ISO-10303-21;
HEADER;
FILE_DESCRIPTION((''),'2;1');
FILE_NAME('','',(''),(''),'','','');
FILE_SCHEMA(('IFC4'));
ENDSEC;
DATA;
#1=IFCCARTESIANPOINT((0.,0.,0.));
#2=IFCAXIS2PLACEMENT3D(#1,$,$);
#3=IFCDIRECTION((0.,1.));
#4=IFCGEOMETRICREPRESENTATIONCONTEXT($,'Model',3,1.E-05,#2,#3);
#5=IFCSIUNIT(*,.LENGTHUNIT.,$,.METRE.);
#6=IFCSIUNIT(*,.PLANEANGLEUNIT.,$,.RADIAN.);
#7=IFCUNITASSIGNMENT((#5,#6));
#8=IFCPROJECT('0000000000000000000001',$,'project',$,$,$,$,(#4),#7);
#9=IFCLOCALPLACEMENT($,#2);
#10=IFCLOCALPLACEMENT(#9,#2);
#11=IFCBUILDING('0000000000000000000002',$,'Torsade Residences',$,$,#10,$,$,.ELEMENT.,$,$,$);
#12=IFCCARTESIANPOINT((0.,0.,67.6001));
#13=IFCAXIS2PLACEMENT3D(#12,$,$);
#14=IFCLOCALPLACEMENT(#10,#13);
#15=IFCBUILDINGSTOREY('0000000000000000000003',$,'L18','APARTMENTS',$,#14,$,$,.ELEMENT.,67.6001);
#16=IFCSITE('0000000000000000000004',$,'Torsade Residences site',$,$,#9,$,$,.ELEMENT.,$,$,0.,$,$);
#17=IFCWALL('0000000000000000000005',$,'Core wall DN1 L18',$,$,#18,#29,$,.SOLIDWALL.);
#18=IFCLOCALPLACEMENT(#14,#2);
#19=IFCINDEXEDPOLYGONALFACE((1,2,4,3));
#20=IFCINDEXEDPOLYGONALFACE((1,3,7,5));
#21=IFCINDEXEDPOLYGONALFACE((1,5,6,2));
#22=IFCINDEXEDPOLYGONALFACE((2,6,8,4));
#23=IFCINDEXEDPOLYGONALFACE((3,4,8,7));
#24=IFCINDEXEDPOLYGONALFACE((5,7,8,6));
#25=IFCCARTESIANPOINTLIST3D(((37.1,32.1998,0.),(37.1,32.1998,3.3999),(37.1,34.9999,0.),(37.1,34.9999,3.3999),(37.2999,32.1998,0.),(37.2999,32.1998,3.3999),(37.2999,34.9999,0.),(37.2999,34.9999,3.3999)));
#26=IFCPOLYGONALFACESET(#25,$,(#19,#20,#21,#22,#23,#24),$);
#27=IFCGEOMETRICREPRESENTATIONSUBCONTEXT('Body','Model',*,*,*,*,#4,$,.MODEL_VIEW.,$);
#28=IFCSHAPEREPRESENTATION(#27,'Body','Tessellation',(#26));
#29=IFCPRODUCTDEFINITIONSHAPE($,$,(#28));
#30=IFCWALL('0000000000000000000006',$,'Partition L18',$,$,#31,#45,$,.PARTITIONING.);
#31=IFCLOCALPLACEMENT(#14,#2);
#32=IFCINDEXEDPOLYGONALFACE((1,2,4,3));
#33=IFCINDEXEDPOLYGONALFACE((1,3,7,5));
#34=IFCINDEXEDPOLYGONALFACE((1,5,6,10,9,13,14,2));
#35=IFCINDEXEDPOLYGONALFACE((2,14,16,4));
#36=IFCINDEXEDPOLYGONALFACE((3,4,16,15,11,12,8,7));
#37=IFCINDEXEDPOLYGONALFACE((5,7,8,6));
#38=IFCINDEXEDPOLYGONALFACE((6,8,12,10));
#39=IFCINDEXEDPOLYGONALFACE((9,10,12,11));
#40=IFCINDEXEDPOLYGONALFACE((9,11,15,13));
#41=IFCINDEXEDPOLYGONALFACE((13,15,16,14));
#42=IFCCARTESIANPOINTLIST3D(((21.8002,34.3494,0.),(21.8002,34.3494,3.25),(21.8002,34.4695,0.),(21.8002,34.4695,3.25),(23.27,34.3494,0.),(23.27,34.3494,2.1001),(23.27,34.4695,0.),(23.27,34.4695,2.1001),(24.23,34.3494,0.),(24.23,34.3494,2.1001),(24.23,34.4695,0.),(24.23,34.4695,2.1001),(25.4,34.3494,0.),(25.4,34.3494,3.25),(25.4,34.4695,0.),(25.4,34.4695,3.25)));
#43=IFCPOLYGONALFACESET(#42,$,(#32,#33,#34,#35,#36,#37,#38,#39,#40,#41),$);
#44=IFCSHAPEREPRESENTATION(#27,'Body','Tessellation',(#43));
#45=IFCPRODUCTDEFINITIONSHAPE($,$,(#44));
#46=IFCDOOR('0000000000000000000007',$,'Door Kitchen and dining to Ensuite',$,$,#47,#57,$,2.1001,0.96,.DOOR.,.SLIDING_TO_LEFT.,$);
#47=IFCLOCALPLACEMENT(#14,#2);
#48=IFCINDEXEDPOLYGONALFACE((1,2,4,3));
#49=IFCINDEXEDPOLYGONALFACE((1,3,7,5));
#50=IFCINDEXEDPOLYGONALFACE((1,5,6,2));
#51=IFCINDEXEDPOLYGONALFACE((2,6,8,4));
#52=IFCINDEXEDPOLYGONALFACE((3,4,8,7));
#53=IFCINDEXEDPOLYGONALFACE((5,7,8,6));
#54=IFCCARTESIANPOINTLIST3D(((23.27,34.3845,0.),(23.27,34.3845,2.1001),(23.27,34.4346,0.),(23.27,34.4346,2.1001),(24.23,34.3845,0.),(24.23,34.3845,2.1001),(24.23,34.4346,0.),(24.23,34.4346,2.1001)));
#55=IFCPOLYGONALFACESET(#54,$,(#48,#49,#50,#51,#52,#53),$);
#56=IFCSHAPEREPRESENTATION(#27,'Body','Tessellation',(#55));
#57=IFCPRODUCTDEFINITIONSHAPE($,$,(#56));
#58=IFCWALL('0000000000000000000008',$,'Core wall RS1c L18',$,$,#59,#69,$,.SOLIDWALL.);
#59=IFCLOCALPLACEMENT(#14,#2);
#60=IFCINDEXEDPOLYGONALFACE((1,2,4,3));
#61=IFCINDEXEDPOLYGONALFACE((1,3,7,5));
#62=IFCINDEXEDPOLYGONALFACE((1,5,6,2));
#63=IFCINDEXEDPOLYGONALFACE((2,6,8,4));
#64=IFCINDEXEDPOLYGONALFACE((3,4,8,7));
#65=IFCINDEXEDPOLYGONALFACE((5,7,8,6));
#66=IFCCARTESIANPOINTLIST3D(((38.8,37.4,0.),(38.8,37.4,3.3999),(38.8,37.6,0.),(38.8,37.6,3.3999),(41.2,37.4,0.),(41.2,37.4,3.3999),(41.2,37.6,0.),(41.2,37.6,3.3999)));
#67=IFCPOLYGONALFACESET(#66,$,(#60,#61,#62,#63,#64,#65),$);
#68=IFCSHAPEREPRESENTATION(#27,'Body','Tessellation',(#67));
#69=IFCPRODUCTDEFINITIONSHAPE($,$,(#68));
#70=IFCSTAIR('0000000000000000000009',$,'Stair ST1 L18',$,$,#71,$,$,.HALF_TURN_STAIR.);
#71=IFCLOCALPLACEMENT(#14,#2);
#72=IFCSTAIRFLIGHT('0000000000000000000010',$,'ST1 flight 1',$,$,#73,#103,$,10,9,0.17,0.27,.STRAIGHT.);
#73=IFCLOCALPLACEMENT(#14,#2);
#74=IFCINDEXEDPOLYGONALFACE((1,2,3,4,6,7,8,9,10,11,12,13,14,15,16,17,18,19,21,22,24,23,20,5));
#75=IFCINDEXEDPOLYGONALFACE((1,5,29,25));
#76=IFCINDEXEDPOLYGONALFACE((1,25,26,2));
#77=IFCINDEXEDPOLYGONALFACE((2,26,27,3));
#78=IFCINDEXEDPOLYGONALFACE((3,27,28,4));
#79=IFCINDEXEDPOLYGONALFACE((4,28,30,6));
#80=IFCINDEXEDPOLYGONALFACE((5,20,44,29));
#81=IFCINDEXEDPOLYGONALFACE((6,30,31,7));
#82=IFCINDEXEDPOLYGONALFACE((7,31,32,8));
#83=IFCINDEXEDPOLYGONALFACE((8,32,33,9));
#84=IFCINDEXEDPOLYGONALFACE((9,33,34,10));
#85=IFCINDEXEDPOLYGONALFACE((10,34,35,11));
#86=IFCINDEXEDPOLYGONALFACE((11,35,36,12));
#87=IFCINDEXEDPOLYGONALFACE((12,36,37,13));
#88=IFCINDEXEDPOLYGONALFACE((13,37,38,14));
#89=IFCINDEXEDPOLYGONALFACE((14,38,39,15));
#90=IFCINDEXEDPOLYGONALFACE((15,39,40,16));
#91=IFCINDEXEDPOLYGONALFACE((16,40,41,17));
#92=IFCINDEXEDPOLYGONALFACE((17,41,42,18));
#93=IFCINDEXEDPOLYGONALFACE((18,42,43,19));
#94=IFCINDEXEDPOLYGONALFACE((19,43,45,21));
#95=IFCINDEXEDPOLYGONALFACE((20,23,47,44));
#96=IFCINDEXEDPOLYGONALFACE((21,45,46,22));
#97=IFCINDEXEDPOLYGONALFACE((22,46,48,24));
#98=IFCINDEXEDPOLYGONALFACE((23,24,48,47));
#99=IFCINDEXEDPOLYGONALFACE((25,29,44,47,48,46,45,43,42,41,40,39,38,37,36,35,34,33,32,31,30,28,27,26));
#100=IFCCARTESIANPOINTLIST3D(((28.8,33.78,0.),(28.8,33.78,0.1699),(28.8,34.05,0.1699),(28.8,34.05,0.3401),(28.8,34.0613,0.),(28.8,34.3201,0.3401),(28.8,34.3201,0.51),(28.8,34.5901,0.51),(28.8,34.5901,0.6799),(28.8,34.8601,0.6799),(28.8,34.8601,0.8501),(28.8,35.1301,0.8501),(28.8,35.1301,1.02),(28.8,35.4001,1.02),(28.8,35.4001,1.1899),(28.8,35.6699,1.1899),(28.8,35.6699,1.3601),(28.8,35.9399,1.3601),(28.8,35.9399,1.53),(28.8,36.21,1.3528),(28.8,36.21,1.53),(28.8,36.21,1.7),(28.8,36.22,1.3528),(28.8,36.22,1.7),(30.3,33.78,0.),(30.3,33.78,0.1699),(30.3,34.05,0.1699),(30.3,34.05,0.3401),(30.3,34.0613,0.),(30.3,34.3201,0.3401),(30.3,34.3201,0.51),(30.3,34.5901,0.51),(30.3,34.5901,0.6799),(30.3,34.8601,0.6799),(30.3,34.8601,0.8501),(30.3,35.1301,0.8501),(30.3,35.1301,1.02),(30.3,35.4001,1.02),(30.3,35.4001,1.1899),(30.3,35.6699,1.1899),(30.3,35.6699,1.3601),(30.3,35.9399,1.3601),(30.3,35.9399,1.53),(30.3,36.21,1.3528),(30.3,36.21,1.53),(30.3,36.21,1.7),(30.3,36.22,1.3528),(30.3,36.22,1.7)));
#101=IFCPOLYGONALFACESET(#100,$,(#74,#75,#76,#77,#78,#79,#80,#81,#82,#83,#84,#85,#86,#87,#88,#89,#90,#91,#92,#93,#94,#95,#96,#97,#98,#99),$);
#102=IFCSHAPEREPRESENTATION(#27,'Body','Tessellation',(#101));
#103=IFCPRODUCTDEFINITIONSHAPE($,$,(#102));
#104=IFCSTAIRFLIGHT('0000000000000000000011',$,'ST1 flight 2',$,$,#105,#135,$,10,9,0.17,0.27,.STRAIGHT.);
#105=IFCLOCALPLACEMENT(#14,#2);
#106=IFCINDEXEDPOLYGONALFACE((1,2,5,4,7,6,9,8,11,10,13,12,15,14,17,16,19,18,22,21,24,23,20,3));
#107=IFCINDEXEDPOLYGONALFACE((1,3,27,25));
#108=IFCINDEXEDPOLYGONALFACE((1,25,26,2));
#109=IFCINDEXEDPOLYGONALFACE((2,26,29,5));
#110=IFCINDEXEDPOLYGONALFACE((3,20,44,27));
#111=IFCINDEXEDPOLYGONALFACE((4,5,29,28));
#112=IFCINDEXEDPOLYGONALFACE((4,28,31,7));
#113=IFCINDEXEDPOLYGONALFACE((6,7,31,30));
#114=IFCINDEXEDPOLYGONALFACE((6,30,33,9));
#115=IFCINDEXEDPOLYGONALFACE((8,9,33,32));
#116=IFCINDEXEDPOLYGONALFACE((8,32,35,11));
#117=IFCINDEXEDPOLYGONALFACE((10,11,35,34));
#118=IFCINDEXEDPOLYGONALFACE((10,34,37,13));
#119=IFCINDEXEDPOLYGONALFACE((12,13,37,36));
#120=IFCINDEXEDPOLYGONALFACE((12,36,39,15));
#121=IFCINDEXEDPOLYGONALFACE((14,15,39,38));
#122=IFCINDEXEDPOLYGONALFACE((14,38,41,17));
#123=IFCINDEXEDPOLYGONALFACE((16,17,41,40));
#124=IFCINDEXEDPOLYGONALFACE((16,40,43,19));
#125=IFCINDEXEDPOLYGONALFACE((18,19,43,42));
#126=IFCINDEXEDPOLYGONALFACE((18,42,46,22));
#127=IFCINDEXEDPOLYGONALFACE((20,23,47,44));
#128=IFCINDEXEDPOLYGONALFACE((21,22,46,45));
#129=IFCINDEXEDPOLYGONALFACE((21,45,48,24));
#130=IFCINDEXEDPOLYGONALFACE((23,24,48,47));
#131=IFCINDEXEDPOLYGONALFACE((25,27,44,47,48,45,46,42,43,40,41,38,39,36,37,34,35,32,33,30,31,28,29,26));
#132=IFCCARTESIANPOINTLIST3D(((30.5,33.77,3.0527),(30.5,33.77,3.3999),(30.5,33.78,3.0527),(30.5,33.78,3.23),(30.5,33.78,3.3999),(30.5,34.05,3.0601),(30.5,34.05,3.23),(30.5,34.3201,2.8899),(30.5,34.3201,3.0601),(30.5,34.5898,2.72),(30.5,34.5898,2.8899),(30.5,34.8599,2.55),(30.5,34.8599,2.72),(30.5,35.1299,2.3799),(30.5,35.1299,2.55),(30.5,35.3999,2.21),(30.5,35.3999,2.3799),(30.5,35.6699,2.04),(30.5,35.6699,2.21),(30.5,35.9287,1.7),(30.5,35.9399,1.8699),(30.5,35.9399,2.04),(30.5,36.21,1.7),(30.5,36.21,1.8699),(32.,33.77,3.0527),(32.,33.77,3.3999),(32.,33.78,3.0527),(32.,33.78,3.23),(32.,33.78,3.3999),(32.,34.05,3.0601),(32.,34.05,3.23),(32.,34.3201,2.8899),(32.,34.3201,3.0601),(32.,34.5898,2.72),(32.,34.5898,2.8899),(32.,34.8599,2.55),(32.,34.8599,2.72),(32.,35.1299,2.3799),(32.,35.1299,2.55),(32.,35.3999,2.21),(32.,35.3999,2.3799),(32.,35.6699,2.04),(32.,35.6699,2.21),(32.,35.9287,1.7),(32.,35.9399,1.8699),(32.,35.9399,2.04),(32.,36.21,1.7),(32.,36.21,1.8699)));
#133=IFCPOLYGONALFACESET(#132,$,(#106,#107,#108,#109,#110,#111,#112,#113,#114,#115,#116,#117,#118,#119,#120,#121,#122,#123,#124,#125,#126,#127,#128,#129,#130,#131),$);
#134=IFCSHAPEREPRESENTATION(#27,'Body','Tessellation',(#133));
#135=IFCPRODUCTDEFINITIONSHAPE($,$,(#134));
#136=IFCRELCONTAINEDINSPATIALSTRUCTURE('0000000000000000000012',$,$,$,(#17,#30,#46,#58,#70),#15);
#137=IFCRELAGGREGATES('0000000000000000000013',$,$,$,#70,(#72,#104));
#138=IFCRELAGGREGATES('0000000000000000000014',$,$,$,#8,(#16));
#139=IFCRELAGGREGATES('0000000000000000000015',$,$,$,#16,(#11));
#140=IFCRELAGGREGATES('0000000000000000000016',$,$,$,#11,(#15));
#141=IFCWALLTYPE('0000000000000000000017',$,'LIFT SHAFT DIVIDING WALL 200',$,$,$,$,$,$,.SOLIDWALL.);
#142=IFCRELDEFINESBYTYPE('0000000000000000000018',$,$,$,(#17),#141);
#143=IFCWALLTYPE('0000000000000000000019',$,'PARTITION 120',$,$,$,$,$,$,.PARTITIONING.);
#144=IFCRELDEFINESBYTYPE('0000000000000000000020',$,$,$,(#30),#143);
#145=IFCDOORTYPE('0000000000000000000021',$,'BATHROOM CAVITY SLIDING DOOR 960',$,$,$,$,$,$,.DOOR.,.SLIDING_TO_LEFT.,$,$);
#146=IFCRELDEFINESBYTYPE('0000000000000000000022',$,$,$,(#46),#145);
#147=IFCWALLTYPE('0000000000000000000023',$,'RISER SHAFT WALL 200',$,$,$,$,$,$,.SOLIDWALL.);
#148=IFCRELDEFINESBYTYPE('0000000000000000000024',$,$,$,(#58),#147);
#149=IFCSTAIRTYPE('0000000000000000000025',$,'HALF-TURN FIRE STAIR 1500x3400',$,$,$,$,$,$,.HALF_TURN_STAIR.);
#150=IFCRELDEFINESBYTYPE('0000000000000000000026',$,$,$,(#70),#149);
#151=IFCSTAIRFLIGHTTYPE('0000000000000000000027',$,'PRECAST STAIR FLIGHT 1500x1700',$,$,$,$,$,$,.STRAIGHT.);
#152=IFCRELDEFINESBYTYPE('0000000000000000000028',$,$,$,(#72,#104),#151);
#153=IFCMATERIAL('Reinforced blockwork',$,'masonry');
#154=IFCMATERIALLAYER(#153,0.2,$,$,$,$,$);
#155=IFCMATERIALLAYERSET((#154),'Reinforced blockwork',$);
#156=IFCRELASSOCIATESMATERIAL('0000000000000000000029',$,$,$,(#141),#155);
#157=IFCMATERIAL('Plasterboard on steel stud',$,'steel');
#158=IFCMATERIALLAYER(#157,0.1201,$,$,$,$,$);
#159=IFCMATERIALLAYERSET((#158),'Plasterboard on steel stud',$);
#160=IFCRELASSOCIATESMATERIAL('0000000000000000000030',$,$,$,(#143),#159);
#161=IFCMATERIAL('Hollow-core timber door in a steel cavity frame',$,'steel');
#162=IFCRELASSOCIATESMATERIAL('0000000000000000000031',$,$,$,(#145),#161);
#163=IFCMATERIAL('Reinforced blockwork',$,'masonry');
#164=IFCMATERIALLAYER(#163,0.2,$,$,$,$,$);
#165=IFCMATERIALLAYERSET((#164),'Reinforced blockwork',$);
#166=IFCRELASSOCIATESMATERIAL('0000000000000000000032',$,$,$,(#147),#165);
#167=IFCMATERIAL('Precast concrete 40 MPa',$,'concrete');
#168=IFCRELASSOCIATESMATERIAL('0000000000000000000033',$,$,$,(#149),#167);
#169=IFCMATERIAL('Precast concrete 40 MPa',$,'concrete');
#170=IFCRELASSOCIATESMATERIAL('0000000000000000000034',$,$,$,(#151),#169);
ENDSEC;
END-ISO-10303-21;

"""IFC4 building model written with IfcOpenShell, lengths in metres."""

from ifc_helpers import new_model, si_unit, direction, frame, frame_2d, origin, place, context, subcontext, project, spatial, polyline, rectangle, outline, extrude, material, layer, layer_set, type_object, element, fill, aggregate, save


model = new_model("IFC4")

# Units and contexts
model_context = context("Model", 3, precision=1e-05, world=origin(), true_north=direction((0.0, 1.0)))
body_context = subcontext(model_context, "Body", "Model", "MODEL_VIEW")
ifc_project = project(units=[si_unit("LENGTHUNIT", "METRE"), si_unit("PLANEANGLEUNIT", "RADIAN")], contexts=[model_context])

# Site, building, storey
site_placement = place(None, origin())
site = spatial("IfcSite", under=ifc_project, at=site_placement, Name="Torsade Residences site", CompositionType="ELEMENT", RefElevation=0.0)
building_placement = place(site_placement, origin())
building = spatial("IfcBuilding", under=site, at=building_placement, Name="Torsade Residences", CompositionType="ELEMENT")
storey_placement = place(building_placement, frame((0.0, 0.0, 67.6001)))
storey = spatial("IfcBuildingStorey", under=building, at=storey_placement, Name="L18", Description="APARTMENTS", CompositionType="ELEMENT", Elevation=67.6001)

# Wall
ifc_material_1 = material(Name="Reinforced blockwork", Category="masonry")
ifc_layer_1 = layer(ifc_material_1, 0.2)
ifc_layer_set_1 = layer_set([ifc_layer_1], Name="Reinforced blockwork")
wall_type_1 = type_object("IfcWallType", Name="LIFT SHAFT DIVIDING WALL 200", PredefinedType="SOLIDWALL", material=ifc_layer_set_1)
wall_1_placement = place(storey_placement, frame((37.2, 32.2, 0.0), z_axis=(0.0, 0.0, 1.0), x_axis=(0.0, 1.0, 0.0)))
element("IfcWall", 1, at=wall_1_placement, inside=storey, type_object=wall_type_1, Name="Core wall DN1 L18", PredefinedType="SOLIDWALL", context=body_context, shape_type="SweptSolid", body=[
    extrude(rectangle(XDim=2.8, YDim=0.2, at=frame_2d((1.3999, 0.0))), origin(), (0.0, 0.0, 1.0), 3.3999),
])

# Wall, opening, door
ifc_material_2 = material(Name="Plasterboard on steel stud", Category="steel")
ifc_layer_2 = layer(ifc_material_2, 0.1201)
ifc_layer_set_2 = layer_set([ifc_layer_2], Name="Plasterboard on steel stud")
wall_type_2 = type_object("IfcWallType", Name="PARTITION 120", PredefinedType="PARTITIONING", material=ifc_layer_set_2)
wall_2_placement = place(storey_placement, frame((25.3999, 34.4094, 0.0), z_axis=(0.0, 0.0, 1.0), x_axis=(-1.0, 0.0, 0.0)))
wall_2 = element("IfcWall", 2, at=wall_2_placement, inside=storey, type_object=wall_type_2, Name="Partition L18", PredefinedType="PARTITIONING", context=body_context, shape_type="SweptSolid", body=[
    extrude(rectangle(XDim=3.5999, YDim=0.1201, at=frame_2d((1.7998, 0.0))), origin(), (0.0, 0.0, 1.0), 3.25),
])
opening_1_placement = place(wall_2_placement, frame((1.1699, 0.0, 0.0)))
opening_1 = element("IfcOpeningElement", 3, at=opening_1_placement, cuts=wall_2, PredefinedType="OPENING", context=body_context, shape_type="SweptSolid", body=[
    extrude(rectangle(XDim=0.96, YDim=2.1001, at=frame_2d((0.48, 1.05))), frame((0.0, 0.0701, 0.0), z_axis=(0.0, -1.0, 0.0), x_axis=(1.0, 0.0, 0.0)), (0.0, 0.0, 1.0), 0.1401),
])
ifc_material_3 = material(Name="Hollow-core timber door in a steel cavity frame", Category="steel")
door_type_1 = type_object("IfcDoorType", Name="BATHROOM CAVITY SLIDING DOOR 960", OperationType="SLIDING_TO_LEFT", PredefinedType="DOOR", material=ifc_material_3)
door_1_placement = place(opening_1_placement, origin())
door_1 = element("IfcDoor", 4, at=door_1_placement, inside=storey, type_object=door_type_1, Name="Door Kitchen and dining to Ensuite", OperationType="SLIDING_TO_LEFT", OverallHeight=2.1001, OverallWidth=0.96, PredefinedType="DOOR", context=body_context, shape_type="SweptSolid", body=[
    extrude(rectangle(XDim=0.96, YDim=2.1001, at=frame_2d((0.48, 1.05))), frame((0.0, 0.0249, 0.0), z_axis=(0.0, -1.0, 0.0), x_axis=(1.0, 0.0, 0.0)), (0.0, 0.0, 1.0), 0.05),
])
fill(opening_1, door_1)

# Wall
ifc_material_4 = material(Name="Reinforced blockwork", Category="masonry")
ifc_layer_3 = layer(ifc_material_4, 0.2)
ifc_layer_set_3 = layer_set([ifc_layer_3], Name="Reinforced blockwork")
wall_type_3 = type_object("IfcWallType", Name="RISER SHAFT WALL 200", PredefinedType="SOLIDWALL", material=ifc_layer_set_3)
wall_3_placement = place(storey_placement, frame((38.8, 37.5, 0.0), z_axis=(0.0, 0.0, 1.0), x_axis=(1.0, 0.0, 0.0)))
element("IfcWall", 5, at=wall_3_placement, inside=storey, type_object=wall_type_3, Name="Core wall RS1c L18", PredefinedType="SOLIDWALL", context=body_context, shape_type="SweptSolid", body=[
    extrude(rectangle(XDim=2.3999, YDim=0.2, at=frame_2d((1.2, 0.0))), origin(), (0.0, 0.0, 1.0), 3.3999),
])

# Stair, stair flights
ifc_material_5 = material(Name="Precast concrete 40 MPa", Category="concrete")
stair_type = type_object("IfcStairType", Name="HALF-TURN FIRE STAIR 1500x3400", PredefinedType="HALF_TURN_STAIR", material=ifc_material_5)
stair_placement = place(storey_placement, origin())
stair = element("IfcStair", 6, at=stair_placement, inside=storey, type_object=stair_type, Name="Stair ST1 L18", PredefinedType="HALF_TURN_STAIR")
ifc_material_6 = material(Name="Precast concrete 40 MPa", Category="concrete")
stair_flight_type = type_object("IfcStairFlightType", Name="PRECAST STAIR FLIGHT 1500x1700", PredefinedType="STRAIGHT", material=ifc_material_6)
stair_flight_1_placement = place(storey_placement, frame((29.55, 33.78, 0.0), z_axis=(0.0, 0.0, 1.0), x_axis=(0.0, 1.0, 0.0)))
stair_flight_1 = element("IfcStairFlight", 7, at=stair_flight_1_placement, type_object=stair_flight_type, Name="ST1 flight 1", NumberOfRisers=10, NumberOfTreads=9, PredefinedType="STRAIGHT", RiserHeight=0.17, TreadLength=0.27, context=body_context, shape_type="SweptSolid", body=[
    extrude(outline(polyline([(0.0, 0.0), (0.0, 0.1699), (0.27, 0.1699), (0.27, 0.3401), (0.54, 0.3401), (0.54, 0.51), (0.8101, 0.51), (0.8101, 0.6799), (1.0801, 0.6799), (1.0801, 0.8501), (1.3501, 0.8501), (1.3501, 1.02), (1.6201, 1.02), (1.6201, 1.1899), (1.8899, 1.1899), (1.8899, 1.3601), (2.1599, 1.3601), (2.1599, 1.53), (2.4299, 1.53), (2.4299, 1.7), (2.4399, 1.7), (2.4399, 1.3528), (2.4299, 1.3528), (0.2812, 0.0), (0.0, 0.0)])), frame((0.0, 0.75, 0.0), z_axis=(0.0, -1.0, 0.0), x_axis=(1.0, 0.0, 0.0)), (0.0, 0.0, 1.0), 1.5),
])
stair_flight_2_placement = place(storey_placement, frame((31.25, 36.21, 1.7), z_axis=(0.0, 0.0, 1.0), x_axis=(0.0, -1.0, 0.0)))
stair_flight_2 = element("IfcStairFlight", 8, at=stair_flight_2_placement, type_object=stair_flight_type, Name="ST1 flight 2", NumberOfRisers=10, NumberOfTreads=9, PredefinedType="STRAIGHT", RiserHeight=0.17, TreadLength=0.27, context=body_context, shape_type="SweptSolid", body=[
    extrude(outline(polyline([(0.0, 0.0), (0.0, 0.1699), (0.27, 0.1699), (0.27, 0.3401), (0.54, 0.3401), (0.54, 0.51), (0.8101, 0.51), (0.8101, 0.6799), (1.0801, 0.6799), (1.0801, 0.8501), (1.3501, 0.8501), (1.3501, 1.02), (1.6201, 1.02), (1.6201, 1.1899), (1.8899, 1.1899), (1.8899, 1.3601), (2.1599, 1.3601), (2.1599, 1.53), (2.4299, 1.53), (2.4299, 1.7), (2.4399, 1.7), (2.4399, 1.3528), (2.4299, 1.3528), (0.2812, 0.0), (0.0, 0.0)])), frame((0.0, 0.75, 0.0), z_axis=(0.0, -1.0, 0.0), x_axis=(1.0, 0.0, 0.0)), (0.0, 0.0, 1.0), 1.5),
])
aggregate(stair, [stair_flight_1, stair_flight_2])

save(model, "model.ifc")
